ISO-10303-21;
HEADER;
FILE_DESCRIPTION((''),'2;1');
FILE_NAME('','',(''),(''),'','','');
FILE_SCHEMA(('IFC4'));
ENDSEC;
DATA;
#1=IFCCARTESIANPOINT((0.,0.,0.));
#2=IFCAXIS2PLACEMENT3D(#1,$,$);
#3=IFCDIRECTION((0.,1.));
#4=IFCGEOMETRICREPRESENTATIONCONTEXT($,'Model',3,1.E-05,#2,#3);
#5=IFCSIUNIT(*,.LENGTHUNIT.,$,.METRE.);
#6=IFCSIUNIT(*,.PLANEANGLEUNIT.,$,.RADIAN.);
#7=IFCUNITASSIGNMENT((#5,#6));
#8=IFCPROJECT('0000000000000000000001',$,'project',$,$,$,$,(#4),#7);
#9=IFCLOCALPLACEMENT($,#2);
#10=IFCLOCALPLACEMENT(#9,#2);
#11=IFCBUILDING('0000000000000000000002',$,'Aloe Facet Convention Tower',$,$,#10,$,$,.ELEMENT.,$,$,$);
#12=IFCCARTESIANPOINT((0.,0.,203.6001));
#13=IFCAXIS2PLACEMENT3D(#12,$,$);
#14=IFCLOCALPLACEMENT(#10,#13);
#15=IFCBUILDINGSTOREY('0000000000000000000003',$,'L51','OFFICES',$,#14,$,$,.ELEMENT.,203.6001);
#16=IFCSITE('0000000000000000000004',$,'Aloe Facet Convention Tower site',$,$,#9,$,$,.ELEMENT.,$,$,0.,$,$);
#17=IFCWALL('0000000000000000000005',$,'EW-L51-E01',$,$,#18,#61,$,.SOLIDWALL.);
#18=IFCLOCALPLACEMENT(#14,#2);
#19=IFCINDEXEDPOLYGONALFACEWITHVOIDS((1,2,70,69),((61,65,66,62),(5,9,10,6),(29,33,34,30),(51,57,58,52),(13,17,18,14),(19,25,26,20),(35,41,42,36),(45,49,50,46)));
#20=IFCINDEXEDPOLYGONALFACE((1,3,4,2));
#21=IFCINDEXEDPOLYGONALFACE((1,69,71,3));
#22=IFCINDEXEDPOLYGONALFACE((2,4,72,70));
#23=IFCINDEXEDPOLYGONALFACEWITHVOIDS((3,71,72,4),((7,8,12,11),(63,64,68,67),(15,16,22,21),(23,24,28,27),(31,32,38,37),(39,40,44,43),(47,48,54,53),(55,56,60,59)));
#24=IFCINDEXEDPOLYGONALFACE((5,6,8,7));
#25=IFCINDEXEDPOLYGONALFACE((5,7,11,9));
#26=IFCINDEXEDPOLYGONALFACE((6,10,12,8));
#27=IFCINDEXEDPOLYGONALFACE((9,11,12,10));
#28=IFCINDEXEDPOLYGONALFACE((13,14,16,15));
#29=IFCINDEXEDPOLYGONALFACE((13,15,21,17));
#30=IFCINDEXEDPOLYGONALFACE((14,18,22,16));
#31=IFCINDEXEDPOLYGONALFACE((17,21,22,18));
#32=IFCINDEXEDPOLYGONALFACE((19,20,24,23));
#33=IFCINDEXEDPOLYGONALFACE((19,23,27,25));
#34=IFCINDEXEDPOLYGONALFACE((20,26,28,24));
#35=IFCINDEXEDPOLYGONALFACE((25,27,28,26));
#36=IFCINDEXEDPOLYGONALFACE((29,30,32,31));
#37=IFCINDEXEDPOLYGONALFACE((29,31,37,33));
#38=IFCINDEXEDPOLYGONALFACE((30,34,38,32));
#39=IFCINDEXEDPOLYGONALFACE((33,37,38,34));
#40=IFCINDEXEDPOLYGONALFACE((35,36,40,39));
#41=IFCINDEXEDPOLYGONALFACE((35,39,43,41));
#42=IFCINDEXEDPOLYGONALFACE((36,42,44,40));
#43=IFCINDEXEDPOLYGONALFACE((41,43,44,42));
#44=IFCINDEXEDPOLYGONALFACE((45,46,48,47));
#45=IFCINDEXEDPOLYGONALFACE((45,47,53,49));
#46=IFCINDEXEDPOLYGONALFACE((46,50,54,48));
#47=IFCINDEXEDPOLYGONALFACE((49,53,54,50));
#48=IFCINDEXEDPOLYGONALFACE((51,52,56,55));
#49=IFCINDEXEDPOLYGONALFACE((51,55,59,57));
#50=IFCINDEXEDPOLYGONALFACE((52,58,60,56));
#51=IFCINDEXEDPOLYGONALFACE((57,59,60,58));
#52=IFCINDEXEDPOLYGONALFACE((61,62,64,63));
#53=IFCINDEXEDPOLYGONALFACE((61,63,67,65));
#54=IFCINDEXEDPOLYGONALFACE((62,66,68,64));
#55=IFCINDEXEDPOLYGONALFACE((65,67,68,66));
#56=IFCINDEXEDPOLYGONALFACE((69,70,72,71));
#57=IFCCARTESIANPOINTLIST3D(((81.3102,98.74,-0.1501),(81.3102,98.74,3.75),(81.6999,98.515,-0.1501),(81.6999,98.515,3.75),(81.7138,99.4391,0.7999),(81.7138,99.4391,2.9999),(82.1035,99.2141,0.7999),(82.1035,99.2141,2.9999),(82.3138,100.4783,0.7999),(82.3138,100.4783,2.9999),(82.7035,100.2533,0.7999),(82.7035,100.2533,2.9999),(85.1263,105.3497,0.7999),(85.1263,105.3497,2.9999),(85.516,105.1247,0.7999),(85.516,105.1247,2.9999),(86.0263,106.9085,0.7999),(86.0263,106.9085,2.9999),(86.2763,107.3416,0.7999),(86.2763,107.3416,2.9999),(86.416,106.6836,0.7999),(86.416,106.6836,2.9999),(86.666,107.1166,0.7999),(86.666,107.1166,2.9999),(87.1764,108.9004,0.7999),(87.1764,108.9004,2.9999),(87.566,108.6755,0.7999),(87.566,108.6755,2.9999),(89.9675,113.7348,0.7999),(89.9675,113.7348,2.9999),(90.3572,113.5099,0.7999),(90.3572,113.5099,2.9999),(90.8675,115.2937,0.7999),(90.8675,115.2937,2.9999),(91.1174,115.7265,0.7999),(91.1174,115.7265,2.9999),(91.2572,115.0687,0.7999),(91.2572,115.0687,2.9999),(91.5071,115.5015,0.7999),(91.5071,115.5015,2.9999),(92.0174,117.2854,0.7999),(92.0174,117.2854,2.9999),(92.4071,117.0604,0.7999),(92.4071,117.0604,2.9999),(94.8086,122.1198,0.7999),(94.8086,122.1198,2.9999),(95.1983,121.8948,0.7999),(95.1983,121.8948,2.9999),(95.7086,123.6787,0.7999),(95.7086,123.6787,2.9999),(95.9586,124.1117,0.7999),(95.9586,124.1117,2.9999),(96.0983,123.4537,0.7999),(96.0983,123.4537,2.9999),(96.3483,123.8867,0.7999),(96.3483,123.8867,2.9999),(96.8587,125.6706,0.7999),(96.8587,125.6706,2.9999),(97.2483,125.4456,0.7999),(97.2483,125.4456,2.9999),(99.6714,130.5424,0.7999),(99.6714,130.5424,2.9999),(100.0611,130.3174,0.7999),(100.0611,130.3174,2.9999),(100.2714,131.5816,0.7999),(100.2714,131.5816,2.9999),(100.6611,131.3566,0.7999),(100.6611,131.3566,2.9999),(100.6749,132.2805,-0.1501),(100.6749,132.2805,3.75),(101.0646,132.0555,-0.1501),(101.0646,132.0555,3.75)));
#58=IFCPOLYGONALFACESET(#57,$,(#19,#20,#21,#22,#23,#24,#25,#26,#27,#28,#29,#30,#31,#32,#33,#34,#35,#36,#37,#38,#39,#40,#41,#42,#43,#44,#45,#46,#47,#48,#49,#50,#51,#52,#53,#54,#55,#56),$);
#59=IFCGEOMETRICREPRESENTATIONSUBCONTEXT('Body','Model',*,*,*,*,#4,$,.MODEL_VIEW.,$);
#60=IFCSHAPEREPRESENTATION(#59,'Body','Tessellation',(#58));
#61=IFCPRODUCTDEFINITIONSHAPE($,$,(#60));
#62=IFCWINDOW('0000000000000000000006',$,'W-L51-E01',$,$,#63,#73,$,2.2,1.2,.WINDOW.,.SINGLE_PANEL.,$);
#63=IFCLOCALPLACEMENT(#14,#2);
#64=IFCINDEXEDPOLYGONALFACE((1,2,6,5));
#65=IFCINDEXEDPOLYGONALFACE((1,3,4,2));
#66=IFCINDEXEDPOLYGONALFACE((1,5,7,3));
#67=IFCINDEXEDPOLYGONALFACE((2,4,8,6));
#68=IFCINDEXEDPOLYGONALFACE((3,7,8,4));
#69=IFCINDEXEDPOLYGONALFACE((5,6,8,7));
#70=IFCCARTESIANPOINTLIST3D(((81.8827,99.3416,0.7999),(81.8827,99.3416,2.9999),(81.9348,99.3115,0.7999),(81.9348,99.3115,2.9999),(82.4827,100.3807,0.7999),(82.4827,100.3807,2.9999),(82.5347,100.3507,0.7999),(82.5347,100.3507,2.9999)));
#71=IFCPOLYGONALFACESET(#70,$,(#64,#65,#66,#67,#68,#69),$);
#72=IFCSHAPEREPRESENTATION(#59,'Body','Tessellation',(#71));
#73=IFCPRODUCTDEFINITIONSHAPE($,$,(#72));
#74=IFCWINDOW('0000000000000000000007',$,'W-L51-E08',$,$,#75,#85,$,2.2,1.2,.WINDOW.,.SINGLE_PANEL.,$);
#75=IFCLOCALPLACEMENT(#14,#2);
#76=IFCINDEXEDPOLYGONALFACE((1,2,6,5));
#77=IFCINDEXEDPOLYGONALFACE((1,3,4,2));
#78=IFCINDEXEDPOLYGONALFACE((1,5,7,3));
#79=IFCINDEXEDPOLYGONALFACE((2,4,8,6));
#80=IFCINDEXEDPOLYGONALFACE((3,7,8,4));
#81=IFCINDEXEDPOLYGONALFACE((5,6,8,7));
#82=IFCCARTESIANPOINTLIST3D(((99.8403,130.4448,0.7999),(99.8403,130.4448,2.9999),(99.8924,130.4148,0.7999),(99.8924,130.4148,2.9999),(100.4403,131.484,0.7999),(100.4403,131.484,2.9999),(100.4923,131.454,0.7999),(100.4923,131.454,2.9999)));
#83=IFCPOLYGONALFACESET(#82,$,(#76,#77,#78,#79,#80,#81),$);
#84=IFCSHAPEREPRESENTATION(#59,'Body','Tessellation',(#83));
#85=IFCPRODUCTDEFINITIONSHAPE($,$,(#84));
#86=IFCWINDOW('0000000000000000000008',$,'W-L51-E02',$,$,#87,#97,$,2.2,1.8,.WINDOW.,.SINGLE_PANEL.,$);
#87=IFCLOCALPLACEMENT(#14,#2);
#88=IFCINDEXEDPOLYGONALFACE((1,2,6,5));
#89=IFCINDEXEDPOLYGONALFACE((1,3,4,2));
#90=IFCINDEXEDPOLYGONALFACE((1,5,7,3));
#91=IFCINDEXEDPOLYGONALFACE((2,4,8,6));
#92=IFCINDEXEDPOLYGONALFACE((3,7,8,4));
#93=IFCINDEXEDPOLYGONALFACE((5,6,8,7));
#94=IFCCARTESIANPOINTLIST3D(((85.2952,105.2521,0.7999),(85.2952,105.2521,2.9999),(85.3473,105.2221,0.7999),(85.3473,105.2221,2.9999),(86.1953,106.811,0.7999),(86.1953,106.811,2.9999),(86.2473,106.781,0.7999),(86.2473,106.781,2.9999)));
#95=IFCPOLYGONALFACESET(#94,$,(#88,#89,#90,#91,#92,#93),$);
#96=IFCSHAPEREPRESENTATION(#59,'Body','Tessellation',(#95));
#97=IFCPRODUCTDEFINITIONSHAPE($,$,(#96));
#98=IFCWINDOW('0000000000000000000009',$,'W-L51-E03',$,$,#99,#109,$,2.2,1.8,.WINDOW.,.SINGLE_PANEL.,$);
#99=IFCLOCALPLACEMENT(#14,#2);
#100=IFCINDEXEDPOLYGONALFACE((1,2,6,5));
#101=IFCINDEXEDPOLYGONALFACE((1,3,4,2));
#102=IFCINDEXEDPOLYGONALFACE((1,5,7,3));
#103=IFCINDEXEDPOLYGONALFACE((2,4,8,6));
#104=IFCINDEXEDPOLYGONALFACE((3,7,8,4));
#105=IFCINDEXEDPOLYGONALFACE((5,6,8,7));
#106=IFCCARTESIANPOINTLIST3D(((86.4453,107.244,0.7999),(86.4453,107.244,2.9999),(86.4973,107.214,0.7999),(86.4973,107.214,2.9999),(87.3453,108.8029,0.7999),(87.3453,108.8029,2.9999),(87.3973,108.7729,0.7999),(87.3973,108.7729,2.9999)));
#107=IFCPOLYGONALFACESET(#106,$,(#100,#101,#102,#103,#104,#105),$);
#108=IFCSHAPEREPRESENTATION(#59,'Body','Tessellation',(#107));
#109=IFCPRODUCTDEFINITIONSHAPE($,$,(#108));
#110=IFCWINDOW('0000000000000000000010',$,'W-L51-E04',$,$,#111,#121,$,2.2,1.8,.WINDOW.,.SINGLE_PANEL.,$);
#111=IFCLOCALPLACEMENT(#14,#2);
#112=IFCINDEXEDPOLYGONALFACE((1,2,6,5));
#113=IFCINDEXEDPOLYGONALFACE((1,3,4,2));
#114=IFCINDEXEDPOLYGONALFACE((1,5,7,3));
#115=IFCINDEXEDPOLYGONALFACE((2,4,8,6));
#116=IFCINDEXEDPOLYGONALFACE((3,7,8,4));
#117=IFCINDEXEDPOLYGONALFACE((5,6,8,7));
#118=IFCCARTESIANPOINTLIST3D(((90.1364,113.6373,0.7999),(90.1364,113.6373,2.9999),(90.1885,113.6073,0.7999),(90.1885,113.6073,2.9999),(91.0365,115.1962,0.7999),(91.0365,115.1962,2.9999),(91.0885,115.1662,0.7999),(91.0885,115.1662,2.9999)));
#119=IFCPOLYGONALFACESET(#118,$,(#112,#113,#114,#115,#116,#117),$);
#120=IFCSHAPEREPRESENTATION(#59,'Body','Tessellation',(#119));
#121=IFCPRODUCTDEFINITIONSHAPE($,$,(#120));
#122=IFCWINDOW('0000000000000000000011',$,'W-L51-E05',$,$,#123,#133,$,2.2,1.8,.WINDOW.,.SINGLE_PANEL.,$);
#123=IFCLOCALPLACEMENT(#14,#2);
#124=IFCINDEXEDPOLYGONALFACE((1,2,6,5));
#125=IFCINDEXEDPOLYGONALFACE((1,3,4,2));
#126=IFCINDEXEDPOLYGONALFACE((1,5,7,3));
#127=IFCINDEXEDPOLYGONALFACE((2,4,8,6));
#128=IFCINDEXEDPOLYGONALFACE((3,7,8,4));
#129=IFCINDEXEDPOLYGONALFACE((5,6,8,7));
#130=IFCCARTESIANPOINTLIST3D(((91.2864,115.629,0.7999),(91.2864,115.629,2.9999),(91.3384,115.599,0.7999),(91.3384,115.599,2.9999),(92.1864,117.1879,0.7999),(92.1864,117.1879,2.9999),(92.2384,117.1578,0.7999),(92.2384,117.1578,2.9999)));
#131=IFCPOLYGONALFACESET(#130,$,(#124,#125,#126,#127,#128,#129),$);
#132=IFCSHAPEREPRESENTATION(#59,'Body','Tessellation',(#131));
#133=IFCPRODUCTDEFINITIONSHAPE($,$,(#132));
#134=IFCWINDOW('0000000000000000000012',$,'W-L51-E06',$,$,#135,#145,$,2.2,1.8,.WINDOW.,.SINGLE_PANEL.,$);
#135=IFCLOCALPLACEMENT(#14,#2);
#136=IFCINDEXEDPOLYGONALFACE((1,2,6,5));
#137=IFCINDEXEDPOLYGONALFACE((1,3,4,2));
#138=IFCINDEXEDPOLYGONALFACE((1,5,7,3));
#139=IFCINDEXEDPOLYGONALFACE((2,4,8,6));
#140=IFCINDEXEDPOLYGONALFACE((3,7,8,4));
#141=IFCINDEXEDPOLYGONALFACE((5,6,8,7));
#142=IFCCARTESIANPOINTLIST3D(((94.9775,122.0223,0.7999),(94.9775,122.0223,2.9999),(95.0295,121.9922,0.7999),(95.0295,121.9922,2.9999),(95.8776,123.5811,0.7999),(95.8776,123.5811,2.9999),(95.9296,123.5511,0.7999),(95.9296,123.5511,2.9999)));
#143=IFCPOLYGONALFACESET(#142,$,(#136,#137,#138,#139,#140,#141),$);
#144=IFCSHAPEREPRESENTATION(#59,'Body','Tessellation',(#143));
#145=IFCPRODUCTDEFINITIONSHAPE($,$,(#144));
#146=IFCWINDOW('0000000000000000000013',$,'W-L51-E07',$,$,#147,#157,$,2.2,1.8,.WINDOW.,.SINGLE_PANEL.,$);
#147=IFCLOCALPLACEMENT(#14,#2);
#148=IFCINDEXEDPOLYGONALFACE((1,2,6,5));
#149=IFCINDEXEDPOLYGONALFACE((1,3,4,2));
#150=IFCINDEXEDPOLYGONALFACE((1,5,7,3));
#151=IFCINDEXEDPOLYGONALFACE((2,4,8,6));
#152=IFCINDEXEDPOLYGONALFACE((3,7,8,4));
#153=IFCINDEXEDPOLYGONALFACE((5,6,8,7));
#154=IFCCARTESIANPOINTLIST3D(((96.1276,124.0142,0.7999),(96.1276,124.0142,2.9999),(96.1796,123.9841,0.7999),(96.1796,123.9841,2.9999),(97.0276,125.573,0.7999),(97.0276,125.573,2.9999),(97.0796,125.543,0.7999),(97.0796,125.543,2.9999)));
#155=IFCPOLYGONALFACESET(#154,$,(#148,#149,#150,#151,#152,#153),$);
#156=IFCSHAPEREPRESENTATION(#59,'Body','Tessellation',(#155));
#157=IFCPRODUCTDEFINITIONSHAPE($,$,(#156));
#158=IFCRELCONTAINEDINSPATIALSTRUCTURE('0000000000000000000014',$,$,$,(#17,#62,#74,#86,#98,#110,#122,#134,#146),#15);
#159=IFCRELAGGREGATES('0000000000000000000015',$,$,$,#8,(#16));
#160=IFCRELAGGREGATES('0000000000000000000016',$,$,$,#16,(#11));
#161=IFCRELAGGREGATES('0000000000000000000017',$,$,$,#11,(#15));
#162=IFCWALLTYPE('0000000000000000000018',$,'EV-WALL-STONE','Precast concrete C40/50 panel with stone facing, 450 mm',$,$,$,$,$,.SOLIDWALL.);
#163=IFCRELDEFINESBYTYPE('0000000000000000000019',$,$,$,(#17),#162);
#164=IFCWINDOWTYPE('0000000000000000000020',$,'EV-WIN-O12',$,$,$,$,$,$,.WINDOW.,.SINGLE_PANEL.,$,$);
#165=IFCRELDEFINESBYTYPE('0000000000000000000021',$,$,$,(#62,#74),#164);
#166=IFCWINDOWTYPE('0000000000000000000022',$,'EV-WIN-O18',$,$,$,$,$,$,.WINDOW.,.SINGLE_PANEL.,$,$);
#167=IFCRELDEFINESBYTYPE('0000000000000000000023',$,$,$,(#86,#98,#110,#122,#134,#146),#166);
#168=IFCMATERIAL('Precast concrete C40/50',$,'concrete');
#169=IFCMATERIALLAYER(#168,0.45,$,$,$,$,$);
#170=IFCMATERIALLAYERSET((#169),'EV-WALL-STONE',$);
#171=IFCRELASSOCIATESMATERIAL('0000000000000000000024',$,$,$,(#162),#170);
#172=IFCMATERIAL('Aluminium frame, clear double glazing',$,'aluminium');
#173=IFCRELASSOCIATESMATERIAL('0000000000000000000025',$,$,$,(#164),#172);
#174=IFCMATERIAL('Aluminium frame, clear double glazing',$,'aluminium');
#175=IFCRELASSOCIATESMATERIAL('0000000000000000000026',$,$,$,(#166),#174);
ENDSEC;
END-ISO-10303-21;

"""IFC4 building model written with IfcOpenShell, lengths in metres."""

from ifc_helpers import new_model, si_unit, direction, frame, frame_2d, origin, place, context, subcontext, project, spatial, polyline, rectangle, outline, extrude, material, layer, layer_set, type_object, element, fill, save


model = new_model("IFC4")

# Units and contexts
model_context = context("Model", 3, precision=1e-05, world=origin(), true_north=direction((0.0, 1.0)))
body_context = subcontext(model_context, "Body", "Model", "MODEL_VIEW")
ifc_project = project(units=[si_unit("LENGTHUNIT", "METRE"), si_unit("PLANEANGLEUNIT", "RADIAN")], contexts=[model_context])

# Site, building, storey
site_placement = place(None, origin())
site = spatial("IfcSite", under=ifc_project, at=site_placement, Name="Aloe Facet Convention Tower site", CompositionType="ELEMENT", RefElevation=0.0)
building_placement = place(site_placement, origin())
building = spatial("IfcBuilding", under=site, at=building_placement, Name="Aloe Facet Convention Tower", CompositionType="ELEMENT")
storey_placement = place(building_placement, frame((0.0, 0.0, 203.6001)))
storey = spatial("IfcBuildingStorey", under=building, at=storey_placement, Name="L51", Description="OFFICES", CompositionType="ELEMENT", Elevation=203.6001)

# Wall, openings, windows
ifc_material_1 = material(Name="Precast concrete C40/50", Category="concrete")
ifc_layer_1 = layer(ifc_material_1, 0.45)
ifc_layer_set_1 = layer_set([ifc_layer_1], Name="EV-WALL-STONE")
wall_type_1 = type_object("IfcWallType", Name="EV-WALL-STONE", Description="Precast concrete C40/50 panel with stone facing, 450 mm", PredefinedType="SOLIDWALL", material=ifc_layer_set_1)
wall_1_placement = place(storey_placement, frame((81.5051, 98.6274, -0.1501), z_axis=(0.0, 0.0, 1.0), x_axis=(0.500002, 0.866024, 0.0)))
wall_1 = element("IfcWall", 1, at=wall_1_placement, inside=storey, type_object=wall_type_1, Name="EW-L51-E01", PredefinedType="SOLIDWALL", context=body_context, shape_type="SweptSolid", body=[
    extrude(outline(polyline([(38.7292, 0.0), (38.7292, 3.9001), (0.0, 3.9001), (0.0, 0.0), (38.7292, 0.0)])), frame((0.0, 0.2251, 0.0), z_axis=(0.0, -1.0, 0.0), x_axis=(1.0, 0.0, 0.0)), (0.0, 0.0, 1.0), 0.45),
])
opening_1_placement = place(wall_1_placement, frame((0.8071, 0.0, 0.95)))
opening_1 = element("IfcOpeningElement", 2, at=opening_1_placement, cuts=wall_1, PredefinedType="OPENING", context=body_context, shape_type="SweptSolid", body=[
    extrude(rectangle(XDim=1.2, YDim=2.2, at=frame_2d((0.6001, 1.1001))), frame((0.0, 0.2349, 0.0), z_axis=(0.0, -1.0, 0.0), x_axis=(1.0, 0.0, 0.0)), (0.0, 0.0, 1.0), 0.47),
])
opening_2_placement = place(wall_1_placement, frame((7.6323, 0.0, 0.95)))
opening_2 = element("IfcOpeningElement", 3, at=opening_2_placement, cuts=wall_1, PredefinedType="OPENING", context=body_context, shape_type="SweptSolid", body=[
    extrude(rectangle(XDim=1.8, YDim=2.2, at=frame_2d((0.8999, 1.1001))), frame((0.0, 0.2349, 0.0), z_axis=(0.0, -1.0, 0.0), x_axis=(1.0, 0.0, 0.0)), (0.0, 0.0, 1.0), 0.47),
])
opening_3_placement = place(wall_1_placement, frame((9.9324, 0.0, 0.95)))
opening_3 = element("IfcOpeningElement", 4, at=opening_3_placement, cuts=wall_1, PredefinedType="OPENING", context=body_context, shape_type="SweptSolid", body=[
    extrude(rectangle(XDim=1.8, YDim=2.2, at=frame_2d((0.8999, 1.1001))), frame((0.0, 0.2349, 0.0), z_axis=(0.0, -1.0, 0.0), x_axis=(1.0, 0.0, 0.0)), (0.0, 0.0, 1.0), 0.47),
])
opening_4_placement = place(wall_1_placement, frame((17.3147, 0.0, 0.95)))
opening_4 = element("IfcOpeningElement", 5, at=opening_4_placement, cuts=wall_1, PredefinedType="OPENING", context=body_context, shape_type="SweptSolid", body=[
    extrude(rectangle(XDim=1.8, YDim=2.2, at=frame_2d((0.8999, 1.1001))), frame((0.0, 0.2349, 0.0), z_axis=(0.0, -1.0, 0.0), x_axis=(1.0, 0.0, 0.0)), (0.0, 0.0, 1.0), 0.47),
])
opening_5_placement = place(wall_1_placement, frame((19.6145, 0.0, 0.95)))
opening_5 = element("IfcOpeningElement", 6, at=opening_5_placement, cuts=wall_1, PredefinedType="OPENING", context=body_context, shape_type="SweptSolid", body=[
    extrude(rectangle(XDim=1.8, YDim=2.2, at=frame_2d((0.8999, 1.1001))), frame((0.0, 0.2349, 0.0), z_axis=(0.0, -1.0, 0.0), x_axis=(1.0, 0.0, 0.0)), (0.0, 0.0, 1.0), 0.47),
])
opening_6_placement = place(wall_1_placement, frame((26.9968, 0.0, 0.95)))
opening_6 = element("IfcOpeningElement", 7, at=opening_6_placement, cuts=wall_1, PredefinedType="OPENING", context=body_context, shape_type="SweptSolid", body=[
    extrude(rectangle(XDim=1.8, YDim=2.2, at=frame_2d((0.8999, 1.1001))), frame((0.0, 0.2349, 0.0), z_axis=(0.0, -1.0, 0.0), x_axis=(1.0, 0.0, 0.0)), (0.0, 0.0, 1.0), 0.47),
])
opening_7_placement = place(wall_1_placement, frame((29.2969, 0.0, 0.95)))
opening_7 = element("IfcOpeningElement", 8, at=opening_7_placement, cuts=wall_1, PredefinedType="OPENING", context=body_context, shape_type="SweptSolid", body=[
    extrude(rectangle(XDim=1.8, YDim=2.2, at=frame_2d((0.8999, 1.1001))), frame((0.0, 0.2349, 0.0), z_axis=(0.0, -1.0, 0.0), x_axis=(1.0, 0.0, 0.0)), (0.0, 0.0, 1.0), 0.47),
])
opening_8_placement = place(wall_1_placement, frame((36.7222, 0.0, 0.95)))
opening_8 = element("IfcOpeningElement", 9, at=opening_8_placement, cuts=wall_1, PredefinedType="OPENING", context=body_context, shape_type="SweptSolid", body=[
    extrude(rectangle(XDim=1.2, YDim=2.2, at=frame_2d((0.6001, 1.1001))), frame((0.0, 0.2349, 0.0), z_axis=(0.0, -1.0, 0.0), x_axis=(1.0, 0.0, 0.0)), (0.0, 0.0, 1.0), 0.47),
])
ifc_material_2 = material(Name="Aluminium frame, clear double glazing", Category="aluminium")
window_type_1 = type_object("IfcWindowType", Name="EV-WIN-O12", PartitioningType="SINGLE_PANEL", PredefinedType="WINDOW", material=ifc_material_2)
window_1_placement = place(opening_1_placement, origin())
window_1 = element("IfcWindow", 10, at=window_1_placement, inside=storey, type_object=window_type_1, Name="W-L51-E01", OverallHeight=2.2, OverallWidth=1.2, PartitioningType="SINGLE_PANEL", PredefinedType="WINDOW", context=body_context, shape_type="SweptSolid", body=[
    extrude(rectangle(XDim=1.2, YDim=2.2, at=frame_2d((0.6001, 1.1001))), frame((0.0, 0.03, 0.0), z_axis=(0.0, -1.0, 0.0), x_axis=(1.0, 0.0, 0.0)), (0.0, 0.0, 1.0), 0.0601),
])
fill(opening_1, window_1)
window_2_placement = place(opening_8_placement, origin())
window_2 = element("IfcWindow", 11, at=window_2_placement, inside=storey, type_object=window_type_1, Name="W-L51-E08", OverallHeight=2.2, OverallWidth=1.2, PartitioningType="SINGLE_PANEL", PredefinedType="WINDOW", context=body_context, shape_type="SweptSolid", body=[
    extrude(rectangle(XDim=1.2, YDim=2.2, at=frame_2d((0.6001, 1.1001))), frame((0.0, 0.03, 0.0), z_axis=(0.0, -1.0, 0.0), x_axis=(1.0, 0.0, 0.0)), (0.0, 0.0, 1.0), 0.0601),
])
fill(opening_8, window_2)
ifc_material_3 = material(Name="Aluminium frame, clear double glazing", Category="aluminium")
window_type_2 = type_object("IfcWindowType", Name="EV-WIN-O18", PartitioningType="SINGLE_PANEL", PredefinedType="WINDOW", material=ifc_material_3)
window_3_placement = place(opening_2_placement, origin())
window_3 = element("IfcWindow", 12, at=window_3_placement, inside=storey, type_object=window_type_2, Name="W-L51-E02", OverallHeight=2.2, OverallWidth=1.8, PartitioningType="SINGLE_PANEL", PredefinedType="WINDOW", context=body_context, shape_type="SweptSolid", body=[
    extrude(rectangle(XDim=1.8, YDim=2.2, at=frame_2d((0.8999, 1.1001))), frame((0.0, 0.03, 0.0), z_axis=(0.0, -1.0, 0.0), x_axis=(1.0, 0.0, 0.0)), (0.0, 0.0, 1.0), 0.0601),
])
fill(opening_2, window_3)
window_4_placement = place(opening_3_placement, origin())
window_4 = element("IfcWindow", 13, at=window_4_placement, inside=storey, type_object=window_type_2, Name="W-L51-E03", OverallHeight=2.2, OverallWidth=1.8, PartitioningType="SINGLE_PANEL", PredefinedType="WINDOW", context=body_context, shape_type="SweptSolid", body=[
    extrude(rectangle(XDim=1.8, YDim=2.2, at=frame_2d((0.8999, 1.1001))), frame((0.0, 0.03, 0.0), z_axis=(0.0, -1.0, 0.0), x_axis=(1.0, 0.0, 0.0)), (0.0, 0.0, 1.0), 0.0601),
])
fill(opening_3, window_4)
window_5_placement = place(opening_4_placement, origin())
window_5 = element("IfcWindow", 14, at=window_5_placement, inside=storey, type_object=window_type_2, Name="W-L51-E04", OverallHeight=2.2, OverallWidth=1.8, PartitioningType="SINGLE_PANEL", PredefinedType="WINDOW", context=body_context, shape_type="SweptSolid", body=[
    extrude(rectangle(XDim=1.8, YDim=2.2, at=frame_2d((0.8999, 1.1001))), frame((0.0, 0.03, 0.0), z_axis=(0.0, -1.0, 0.0), x_axis=(1.0, 0.0, 0.0)), (0.0, 0.0, 1.0), 0.0601),
])
fill(opening_4, window_5)
window_6_placement = place(opening_5_placement, origin())
window_6 = element("IfcWindow", 15, at=window_6_placement, inside=storey, type_object=window_type_2, Name="W-L51-E05", OverallHeight=2.2, OverallWidth=1.8, PartitioningType="SINGLE_PANEL", PredefinedType="WINDOW", context=body_context, shape_type="SweptSolid", body=[
    extrude(rectangle(XDim=1.8, YDim=2.2, at=frame_2d((0.8999, 1.1001))), frame((0.0, 0.03, 0.0), z_axis=(0.0, -1.0, 0.0), x_axis=(1.0, 0.0, 0.0)), (0.0, 0.0, 1.0), 0.0601),
])
fill(opening_5, window_6)
window_7_placement = place(opening_6_placement, origin())
window_7 = element("IfcWindow", 16, at=window_7_placement, inside=storey, type_object=window_type_2, Name="W-L51-E06", OverallHeight=2.2, OverallWidth=1.8, PartitioningType="SINGLE_PANEL", PredefinedType="WINDOW", context=body_context, shape_type="SweptSolid", body=[
    extrude(rectangle(XDim=1.8, YDim=2.2, at=frame_2d((0.8999, 1.1001))), frame((0.0, 0.03, 0.0), z_axis=(0.0, -1.0, 0.0), x_axis=(1.0, 0.0, 0.0)), (0.0, 0.0, 1.0), 0.0601),
])
fill(opening_6, window_7)
window_8_placement = place(opening_7_placement, origin())
window_8 = element("IfcWindow", 17, at=window_8_placement, inside=storey, type_object=window_type_2, Name="W-L51-E07", OverallHeight=2.2, OverallWidth=1.8, PartitioningType="SINGLE_PANEL", PredefinedType="WINDOW", context=body_context, shape_type="SweptSolid", body=[
    extrude(rectangle(XDim=1.8, YDim=2.2, at=frame_2d((0.8999, 1.1001))), frame((0.0, 0.03, 0.0), z_axis=(0.0, -1.0, 0.0), x_axis=(1.0, 0.0, 0.0)), (0.0, 0.0, 1.0), 0.0601),
])
fill(opening_7, window_8)

save(model, "model.ifc")
